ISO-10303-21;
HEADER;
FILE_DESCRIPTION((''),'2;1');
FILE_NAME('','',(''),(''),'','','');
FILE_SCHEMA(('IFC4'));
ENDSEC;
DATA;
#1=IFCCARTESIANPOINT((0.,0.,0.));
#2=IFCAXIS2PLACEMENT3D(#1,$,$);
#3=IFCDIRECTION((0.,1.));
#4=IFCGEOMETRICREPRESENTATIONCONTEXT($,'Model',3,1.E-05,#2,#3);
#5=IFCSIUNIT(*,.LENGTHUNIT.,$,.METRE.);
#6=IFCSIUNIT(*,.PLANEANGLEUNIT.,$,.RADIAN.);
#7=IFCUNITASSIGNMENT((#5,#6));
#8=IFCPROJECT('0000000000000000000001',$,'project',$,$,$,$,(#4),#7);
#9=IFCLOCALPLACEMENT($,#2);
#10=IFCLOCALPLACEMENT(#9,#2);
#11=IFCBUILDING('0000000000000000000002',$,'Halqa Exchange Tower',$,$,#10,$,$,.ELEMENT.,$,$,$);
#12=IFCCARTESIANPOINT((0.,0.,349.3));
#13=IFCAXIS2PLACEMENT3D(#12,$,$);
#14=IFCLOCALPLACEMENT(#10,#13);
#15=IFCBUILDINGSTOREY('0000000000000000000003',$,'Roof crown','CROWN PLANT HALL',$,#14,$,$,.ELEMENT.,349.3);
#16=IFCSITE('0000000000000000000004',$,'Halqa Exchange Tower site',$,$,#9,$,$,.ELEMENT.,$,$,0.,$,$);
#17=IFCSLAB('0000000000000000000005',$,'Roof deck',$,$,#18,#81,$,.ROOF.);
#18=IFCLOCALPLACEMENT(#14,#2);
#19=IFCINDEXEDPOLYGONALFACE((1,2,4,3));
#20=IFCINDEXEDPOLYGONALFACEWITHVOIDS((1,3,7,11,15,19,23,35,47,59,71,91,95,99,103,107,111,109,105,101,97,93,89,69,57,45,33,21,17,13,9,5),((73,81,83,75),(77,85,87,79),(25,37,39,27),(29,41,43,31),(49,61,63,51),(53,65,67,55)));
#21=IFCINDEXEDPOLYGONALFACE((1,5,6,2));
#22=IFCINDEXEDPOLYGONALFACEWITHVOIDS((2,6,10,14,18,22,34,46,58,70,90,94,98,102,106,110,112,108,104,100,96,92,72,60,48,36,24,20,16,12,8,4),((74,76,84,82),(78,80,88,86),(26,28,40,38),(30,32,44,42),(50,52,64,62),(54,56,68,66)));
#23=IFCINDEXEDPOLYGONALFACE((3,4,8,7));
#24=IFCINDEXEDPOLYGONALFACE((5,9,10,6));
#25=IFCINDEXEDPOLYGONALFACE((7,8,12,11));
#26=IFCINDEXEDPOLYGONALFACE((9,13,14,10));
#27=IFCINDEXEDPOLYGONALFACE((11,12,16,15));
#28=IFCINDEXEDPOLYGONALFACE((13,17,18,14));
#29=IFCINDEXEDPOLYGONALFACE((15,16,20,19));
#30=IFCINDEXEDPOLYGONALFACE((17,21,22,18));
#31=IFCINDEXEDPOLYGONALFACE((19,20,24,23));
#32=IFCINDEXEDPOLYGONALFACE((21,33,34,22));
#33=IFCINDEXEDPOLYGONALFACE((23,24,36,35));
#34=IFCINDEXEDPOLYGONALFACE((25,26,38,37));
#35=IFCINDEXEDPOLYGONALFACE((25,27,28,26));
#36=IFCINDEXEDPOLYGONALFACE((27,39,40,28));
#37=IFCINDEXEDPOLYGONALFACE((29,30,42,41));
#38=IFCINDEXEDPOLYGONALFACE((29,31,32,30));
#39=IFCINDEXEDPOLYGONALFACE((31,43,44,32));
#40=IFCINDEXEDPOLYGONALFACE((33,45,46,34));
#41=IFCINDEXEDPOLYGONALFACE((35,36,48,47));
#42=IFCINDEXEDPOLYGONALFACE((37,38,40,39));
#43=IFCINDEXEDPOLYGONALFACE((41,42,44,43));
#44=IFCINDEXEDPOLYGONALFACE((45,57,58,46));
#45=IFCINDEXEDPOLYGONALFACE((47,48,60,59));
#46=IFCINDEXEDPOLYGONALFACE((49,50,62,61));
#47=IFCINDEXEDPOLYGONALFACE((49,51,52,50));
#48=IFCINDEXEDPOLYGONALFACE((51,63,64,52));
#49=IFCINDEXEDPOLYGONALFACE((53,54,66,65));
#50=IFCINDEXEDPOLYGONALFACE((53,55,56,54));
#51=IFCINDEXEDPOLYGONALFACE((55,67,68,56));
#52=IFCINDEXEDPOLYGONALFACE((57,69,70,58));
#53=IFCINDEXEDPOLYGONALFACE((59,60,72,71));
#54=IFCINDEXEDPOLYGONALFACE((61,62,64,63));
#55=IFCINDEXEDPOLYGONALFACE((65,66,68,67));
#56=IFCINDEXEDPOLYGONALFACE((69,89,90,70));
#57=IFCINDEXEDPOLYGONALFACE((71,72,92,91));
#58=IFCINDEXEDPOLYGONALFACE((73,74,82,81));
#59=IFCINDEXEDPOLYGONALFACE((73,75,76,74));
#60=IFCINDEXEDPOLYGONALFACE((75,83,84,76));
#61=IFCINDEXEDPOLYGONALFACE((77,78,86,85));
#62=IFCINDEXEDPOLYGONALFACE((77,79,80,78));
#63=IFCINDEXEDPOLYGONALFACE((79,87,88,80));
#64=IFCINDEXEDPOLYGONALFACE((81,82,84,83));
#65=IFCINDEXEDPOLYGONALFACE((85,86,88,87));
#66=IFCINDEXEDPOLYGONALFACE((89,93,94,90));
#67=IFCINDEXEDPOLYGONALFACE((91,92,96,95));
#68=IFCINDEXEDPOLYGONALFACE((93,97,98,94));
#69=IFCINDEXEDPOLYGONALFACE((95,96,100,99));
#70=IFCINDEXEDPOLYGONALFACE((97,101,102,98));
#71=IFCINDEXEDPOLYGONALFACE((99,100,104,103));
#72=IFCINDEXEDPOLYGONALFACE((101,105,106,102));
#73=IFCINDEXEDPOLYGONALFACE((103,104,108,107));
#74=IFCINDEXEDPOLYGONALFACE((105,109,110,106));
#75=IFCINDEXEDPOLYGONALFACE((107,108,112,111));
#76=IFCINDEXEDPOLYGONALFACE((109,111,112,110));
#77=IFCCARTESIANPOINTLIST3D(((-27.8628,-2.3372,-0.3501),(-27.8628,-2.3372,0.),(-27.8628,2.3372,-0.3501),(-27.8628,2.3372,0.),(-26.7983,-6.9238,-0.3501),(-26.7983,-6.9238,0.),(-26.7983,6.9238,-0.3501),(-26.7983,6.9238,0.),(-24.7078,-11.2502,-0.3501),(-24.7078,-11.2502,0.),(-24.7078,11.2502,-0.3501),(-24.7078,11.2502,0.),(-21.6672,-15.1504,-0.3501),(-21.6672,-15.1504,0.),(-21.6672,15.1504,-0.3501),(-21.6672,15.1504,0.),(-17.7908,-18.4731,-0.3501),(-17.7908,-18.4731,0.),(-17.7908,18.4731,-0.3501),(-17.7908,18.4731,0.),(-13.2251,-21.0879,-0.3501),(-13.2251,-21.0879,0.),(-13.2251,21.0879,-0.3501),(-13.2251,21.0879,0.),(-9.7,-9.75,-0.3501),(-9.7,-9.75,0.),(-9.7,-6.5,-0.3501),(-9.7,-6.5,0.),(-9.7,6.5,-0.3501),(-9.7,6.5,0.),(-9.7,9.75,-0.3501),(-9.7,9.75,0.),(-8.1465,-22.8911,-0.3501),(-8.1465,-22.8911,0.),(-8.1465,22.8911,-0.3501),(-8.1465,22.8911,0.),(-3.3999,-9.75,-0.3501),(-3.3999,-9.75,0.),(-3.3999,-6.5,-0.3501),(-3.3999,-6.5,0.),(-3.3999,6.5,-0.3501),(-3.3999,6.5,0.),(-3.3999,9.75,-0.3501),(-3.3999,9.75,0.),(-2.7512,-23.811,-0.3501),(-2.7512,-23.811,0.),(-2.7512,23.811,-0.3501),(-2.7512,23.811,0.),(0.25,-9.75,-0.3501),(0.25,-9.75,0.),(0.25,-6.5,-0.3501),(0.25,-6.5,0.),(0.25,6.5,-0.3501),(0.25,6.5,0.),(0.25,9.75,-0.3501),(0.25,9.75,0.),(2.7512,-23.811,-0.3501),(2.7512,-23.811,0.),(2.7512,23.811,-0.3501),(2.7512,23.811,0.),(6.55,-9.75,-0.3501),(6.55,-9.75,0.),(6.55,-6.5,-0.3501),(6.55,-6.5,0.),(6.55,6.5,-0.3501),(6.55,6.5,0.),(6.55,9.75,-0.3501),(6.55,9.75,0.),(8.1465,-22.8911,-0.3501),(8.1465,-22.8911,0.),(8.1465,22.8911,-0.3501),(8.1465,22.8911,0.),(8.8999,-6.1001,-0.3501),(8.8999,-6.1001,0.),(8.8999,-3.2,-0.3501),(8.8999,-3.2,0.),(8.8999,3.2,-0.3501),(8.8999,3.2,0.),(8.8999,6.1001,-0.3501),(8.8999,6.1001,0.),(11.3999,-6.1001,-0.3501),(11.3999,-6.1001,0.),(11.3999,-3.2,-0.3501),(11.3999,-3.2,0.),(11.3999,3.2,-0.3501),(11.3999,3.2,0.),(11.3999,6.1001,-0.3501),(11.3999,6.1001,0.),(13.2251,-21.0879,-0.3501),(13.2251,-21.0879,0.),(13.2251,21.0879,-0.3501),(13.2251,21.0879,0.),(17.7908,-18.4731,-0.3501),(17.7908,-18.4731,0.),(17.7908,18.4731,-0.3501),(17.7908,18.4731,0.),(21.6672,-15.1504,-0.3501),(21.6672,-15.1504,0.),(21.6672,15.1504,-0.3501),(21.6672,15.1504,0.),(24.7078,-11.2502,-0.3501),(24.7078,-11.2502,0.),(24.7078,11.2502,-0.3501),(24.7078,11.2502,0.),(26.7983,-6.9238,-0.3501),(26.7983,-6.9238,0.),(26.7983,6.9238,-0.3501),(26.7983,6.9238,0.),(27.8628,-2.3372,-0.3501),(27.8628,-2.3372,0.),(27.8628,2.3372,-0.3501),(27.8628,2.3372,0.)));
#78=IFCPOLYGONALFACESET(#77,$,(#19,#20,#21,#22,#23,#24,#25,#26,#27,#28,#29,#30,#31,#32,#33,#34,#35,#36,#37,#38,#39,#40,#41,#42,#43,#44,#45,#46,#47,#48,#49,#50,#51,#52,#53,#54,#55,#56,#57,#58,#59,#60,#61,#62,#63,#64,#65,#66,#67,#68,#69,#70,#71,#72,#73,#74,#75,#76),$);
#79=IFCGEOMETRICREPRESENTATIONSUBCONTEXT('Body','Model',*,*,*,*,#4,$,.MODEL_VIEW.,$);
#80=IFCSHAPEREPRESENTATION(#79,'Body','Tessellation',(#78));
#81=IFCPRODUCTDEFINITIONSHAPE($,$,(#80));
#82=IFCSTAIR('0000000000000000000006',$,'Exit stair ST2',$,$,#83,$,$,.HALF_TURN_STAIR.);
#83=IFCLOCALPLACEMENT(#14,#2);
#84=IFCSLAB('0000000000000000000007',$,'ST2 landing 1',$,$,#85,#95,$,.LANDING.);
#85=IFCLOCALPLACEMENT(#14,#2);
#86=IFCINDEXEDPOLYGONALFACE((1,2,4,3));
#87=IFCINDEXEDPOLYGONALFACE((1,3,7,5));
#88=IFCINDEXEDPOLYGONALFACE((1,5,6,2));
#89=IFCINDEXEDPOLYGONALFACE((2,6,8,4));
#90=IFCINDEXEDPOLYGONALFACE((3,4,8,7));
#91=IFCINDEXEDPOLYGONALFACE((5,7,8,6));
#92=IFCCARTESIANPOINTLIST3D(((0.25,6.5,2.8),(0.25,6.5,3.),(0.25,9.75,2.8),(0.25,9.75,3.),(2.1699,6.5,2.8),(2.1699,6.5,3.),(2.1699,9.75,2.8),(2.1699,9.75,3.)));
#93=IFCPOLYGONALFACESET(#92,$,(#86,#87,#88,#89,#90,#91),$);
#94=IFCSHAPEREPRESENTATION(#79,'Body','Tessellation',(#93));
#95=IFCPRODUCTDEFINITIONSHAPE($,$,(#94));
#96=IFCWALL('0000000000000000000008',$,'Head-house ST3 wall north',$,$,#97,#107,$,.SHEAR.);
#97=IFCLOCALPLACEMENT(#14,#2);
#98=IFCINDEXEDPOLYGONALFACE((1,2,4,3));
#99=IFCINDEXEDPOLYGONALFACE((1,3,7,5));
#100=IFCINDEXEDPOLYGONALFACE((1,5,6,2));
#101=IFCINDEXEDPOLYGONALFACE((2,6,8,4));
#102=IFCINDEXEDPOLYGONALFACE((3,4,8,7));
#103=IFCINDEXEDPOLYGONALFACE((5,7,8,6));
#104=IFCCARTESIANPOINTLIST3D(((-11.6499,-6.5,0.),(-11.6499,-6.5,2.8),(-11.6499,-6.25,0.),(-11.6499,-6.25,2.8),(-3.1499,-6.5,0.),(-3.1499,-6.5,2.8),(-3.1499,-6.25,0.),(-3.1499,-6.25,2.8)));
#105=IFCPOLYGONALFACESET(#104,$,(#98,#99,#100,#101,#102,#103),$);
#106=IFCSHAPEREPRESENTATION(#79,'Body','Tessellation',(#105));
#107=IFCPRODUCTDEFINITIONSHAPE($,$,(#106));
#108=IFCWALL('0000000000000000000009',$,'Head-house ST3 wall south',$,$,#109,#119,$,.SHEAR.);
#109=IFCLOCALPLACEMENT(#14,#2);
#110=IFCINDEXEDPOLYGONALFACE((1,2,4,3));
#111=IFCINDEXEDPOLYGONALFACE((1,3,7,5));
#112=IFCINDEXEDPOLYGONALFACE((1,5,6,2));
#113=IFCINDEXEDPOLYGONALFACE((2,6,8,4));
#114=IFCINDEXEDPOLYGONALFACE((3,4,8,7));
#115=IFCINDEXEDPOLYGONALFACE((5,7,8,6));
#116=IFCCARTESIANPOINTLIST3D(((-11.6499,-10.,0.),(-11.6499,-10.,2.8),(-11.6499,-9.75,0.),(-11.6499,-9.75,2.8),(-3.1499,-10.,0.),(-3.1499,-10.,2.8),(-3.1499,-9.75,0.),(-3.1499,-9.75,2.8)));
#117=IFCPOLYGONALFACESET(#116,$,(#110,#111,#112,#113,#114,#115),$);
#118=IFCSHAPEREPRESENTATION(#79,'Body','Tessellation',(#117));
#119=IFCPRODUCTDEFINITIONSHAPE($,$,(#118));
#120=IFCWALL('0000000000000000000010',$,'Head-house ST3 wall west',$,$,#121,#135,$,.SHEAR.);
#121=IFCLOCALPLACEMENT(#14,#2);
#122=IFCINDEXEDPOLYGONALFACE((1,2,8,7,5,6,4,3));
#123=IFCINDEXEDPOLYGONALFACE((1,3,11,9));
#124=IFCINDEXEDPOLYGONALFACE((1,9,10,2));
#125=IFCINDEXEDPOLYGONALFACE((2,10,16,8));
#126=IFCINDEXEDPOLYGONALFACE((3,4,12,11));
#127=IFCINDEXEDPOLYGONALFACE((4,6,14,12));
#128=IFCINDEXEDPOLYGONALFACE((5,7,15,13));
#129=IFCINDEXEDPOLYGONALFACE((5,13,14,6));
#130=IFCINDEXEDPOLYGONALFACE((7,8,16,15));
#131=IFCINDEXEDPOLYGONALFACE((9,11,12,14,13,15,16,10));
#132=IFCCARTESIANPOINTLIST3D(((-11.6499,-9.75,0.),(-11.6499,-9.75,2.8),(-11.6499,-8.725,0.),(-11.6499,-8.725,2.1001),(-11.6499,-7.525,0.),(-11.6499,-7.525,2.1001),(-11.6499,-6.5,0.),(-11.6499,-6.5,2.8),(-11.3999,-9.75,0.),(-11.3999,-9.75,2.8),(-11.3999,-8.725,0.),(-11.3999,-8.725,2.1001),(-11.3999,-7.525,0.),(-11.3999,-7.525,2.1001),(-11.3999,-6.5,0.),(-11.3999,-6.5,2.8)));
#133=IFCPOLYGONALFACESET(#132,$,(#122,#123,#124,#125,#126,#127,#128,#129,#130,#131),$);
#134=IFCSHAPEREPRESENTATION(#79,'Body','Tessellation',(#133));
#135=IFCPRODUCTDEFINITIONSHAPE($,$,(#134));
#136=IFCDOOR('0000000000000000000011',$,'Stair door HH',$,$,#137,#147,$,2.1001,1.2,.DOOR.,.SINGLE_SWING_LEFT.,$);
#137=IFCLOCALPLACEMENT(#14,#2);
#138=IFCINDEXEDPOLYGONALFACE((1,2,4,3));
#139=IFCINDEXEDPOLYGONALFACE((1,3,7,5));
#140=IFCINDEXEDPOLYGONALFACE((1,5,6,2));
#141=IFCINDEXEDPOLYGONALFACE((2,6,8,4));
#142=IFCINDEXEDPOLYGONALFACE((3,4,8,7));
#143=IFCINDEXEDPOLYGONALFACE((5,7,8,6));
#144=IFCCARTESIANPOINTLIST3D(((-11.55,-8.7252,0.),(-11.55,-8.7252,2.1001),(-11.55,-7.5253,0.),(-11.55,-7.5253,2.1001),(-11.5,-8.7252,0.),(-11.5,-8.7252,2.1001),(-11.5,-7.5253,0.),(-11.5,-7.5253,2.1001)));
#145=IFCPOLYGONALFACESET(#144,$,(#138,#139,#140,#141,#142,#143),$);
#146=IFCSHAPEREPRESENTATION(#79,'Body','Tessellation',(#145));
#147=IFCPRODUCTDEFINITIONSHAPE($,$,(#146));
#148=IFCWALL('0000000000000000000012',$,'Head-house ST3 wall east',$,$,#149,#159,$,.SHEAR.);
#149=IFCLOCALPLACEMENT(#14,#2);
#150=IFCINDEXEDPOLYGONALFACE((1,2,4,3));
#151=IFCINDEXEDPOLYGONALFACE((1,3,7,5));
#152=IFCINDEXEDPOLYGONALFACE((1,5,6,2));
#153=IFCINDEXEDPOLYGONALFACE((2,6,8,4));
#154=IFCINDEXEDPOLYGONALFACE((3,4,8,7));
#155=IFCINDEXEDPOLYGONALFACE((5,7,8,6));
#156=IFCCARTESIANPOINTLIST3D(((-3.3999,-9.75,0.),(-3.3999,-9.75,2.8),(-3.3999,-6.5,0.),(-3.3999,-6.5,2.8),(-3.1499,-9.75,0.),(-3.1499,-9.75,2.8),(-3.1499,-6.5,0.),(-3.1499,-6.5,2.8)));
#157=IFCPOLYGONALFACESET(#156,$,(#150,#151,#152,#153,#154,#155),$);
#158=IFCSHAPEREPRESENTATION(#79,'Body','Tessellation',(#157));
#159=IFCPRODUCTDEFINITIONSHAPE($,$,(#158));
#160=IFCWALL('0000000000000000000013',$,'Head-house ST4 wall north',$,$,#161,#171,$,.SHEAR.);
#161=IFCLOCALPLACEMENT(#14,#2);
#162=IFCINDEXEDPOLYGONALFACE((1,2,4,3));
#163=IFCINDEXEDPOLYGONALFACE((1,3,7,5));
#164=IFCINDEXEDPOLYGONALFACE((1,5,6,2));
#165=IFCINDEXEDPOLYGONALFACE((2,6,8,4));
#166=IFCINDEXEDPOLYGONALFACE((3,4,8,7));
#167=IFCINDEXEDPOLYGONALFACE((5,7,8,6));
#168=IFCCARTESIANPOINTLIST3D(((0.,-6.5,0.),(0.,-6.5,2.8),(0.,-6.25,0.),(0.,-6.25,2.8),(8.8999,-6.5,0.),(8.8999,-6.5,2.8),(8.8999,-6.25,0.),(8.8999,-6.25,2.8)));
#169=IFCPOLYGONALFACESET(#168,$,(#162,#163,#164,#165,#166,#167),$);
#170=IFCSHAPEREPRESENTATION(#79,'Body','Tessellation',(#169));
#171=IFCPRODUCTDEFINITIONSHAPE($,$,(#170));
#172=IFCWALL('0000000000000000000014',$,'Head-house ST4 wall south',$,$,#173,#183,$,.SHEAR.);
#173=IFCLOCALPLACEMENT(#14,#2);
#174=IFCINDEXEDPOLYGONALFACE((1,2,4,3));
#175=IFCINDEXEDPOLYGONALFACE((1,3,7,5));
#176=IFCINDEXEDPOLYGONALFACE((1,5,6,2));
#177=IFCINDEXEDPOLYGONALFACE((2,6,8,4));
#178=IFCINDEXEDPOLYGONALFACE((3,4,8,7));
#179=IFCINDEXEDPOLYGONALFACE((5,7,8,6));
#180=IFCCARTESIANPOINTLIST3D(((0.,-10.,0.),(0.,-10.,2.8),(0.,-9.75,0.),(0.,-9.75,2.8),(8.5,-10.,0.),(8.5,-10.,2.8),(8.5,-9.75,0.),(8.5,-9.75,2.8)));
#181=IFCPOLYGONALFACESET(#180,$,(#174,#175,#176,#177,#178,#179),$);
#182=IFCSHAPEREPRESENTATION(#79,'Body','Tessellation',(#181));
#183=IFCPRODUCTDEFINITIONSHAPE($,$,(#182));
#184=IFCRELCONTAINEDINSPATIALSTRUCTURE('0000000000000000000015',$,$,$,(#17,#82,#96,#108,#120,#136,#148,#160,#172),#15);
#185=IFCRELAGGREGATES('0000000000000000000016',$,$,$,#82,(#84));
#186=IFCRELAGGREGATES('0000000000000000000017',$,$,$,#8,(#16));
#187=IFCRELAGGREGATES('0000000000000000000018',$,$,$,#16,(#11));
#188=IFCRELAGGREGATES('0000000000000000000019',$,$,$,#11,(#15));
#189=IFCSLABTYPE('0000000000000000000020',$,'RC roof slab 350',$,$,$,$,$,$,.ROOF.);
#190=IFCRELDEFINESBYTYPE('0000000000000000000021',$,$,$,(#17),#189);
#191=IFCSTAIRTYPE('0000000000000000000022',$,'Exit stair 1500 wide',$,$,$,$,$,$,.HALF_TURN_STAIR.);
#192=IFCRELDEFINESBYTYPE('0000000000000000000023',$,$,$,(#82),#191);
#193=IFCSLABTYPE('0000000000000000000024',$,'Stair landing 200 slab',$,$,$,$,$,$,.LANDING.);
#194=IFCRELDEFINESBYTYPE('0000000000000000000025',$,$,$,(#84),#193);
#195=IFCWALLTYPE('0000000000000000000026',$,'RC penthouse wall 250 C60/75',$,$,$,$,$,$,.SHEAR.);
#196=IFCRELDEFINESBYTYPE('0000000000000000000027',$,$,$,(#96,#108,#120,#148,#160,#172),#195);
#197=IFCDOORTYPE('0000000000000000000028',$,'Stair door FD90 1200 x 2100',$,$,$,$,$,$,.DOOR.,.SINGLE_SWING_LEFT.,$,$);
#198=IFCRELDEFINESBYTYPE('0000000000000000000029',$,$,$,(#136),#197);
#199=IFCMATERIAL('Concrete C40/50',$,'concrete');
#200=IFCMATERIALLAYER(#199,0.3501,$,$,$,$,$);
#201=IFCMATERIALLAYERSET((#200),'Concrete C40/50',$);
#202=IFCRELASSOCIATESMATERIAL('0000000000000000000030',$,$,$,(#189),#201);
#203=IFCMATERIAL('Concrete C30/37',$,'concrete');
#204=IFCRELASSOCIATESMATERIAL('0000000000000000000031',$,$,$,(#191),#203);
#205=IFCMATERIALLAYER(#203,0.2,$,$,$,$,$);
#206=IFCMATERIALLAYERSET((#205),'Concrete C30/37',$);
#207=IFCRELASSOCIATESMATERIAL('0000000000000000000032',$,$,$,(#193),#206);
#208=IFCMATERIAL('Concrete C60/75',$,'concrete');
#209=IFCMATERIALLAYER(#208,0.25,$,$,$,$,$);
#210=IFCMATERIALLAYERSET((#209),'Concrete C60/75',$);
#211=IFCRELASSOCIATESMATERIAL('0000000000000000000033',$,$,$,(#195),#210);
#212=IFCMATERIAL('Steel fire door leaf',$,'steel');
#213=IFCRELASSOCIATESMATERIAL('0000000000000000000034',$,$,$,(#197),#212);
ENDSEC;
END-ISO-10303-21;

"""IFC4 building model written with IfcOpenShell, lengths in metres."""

from ifc_helpers import new_model, si_unit, direction, frame, frame_2d, origin, place, context, subcontext, project, spatial, polyline, rectangle, outline, extrude, material, layer, layer_set, type_object, element, fill, aggregate, save


model = new_model("IFC4")

# Units and contexts
model_context = context("Model", 3, precision=1e-05, world=origin(), true_north=direction((0.0, 1.0)))
body_context = subcontext(model_context, "Body", "Model", "MODEL_VIEW")
ifc_project = project(units=[si_unit("LENGTHUNIT", "METRE"), si_unit("PLANEANGLEUNIT", "RADIAN")], contexts=[model_context])

# Site, building, storey
site_placement = place(None, origin())
site = spatial("IfcSite", under=ifc_project, at=site_placement, Name="Halqa Exchange Tower site", CompositionType="ELEMENT", RefElevation=0.0)
building_placement = place(site_placement, origin())
building = spatial("IfcBuilding", under=site, at=building_placement, Name="Halqa Exchange Tower", CompositionType="ELEMENT")
storey_placement = place(building_placement, frame((0.0, 0.0, 349.3)))
storey = spatial("IfcBuildingStorey", under=building, at=storey_placement, Name="Roof crown", Description="CROWN PLANT HALL", CompositionType="ELEMENT", Elevation=349.3)

# Shared definitions
ifc_material_1 = material(Name="Concrete C60/75", Category="concrete")

# Slab
ifc_material_2 = material(Name="Concrete C40/50", Category="concrete")
ifc_layer_1 = layer(ifc_material_2, 0.3501)
ifc_layer_set_1 = layer_set([ifc_layer_1], Name="Concrete C40/50")
slab_type_1 = type_object("IfcSlabType", Name="RC roof slab 350", PredefinedType="ROOF", material=ifc_layer_set_1)
slab_1_placement = place(storey_placement, frame((0.0, 0.0, -0.3501)))
element("IfcSlab", 1, at=slab_1_placement, inside=storey, type_object=slab_type_1, Name="Roof deck", PredefinedType="ROOF", context=body_context, shape_type="SweptSolid", body=[
    extrude(outline(polyline([(27.8628, 2.3372), (27.8628, -2.3372), (26.7983, -6.9238), (24.7078, -11.2502), (21.6672, -15.1504), (17.7908, -18.4731), (13.2251, -21.0879), (8.1465, -22.8911), (2.7512, -23.811), (-2.7512, -23.811), (-8.1465, -22.8911), (-13.2251, -21.0879), (-17.7908, -18.4731), (-21.6672, -15.1504), (-24.7078, -11.2502), (-26.7983, -6.9238), (-27.8628, -2.3372), (-27.8628, 2.3372), (-26.7983, 6.9238), (-24.7078, 11.2502), (-21.6672, 15.1504), (-17.7908, 18.4731), (-13.2251, 21.0879), (-8.1465, 22.8911), (-2.7512, 23.811), (2.7512, 23.811), (8.1465, 22.8911), (13.2251, 21.0879), (17.7908, 18.4731), (21.6672, 15.1504), (24.7078, 11.2502), (26.7983, 6.9238), (27.8628, 2.3372)]), holes=[polyline([(8.8999, 3.2), (11.3999, 3.2), (11.3999, 6.1001), (8.8999, 6.1001), (8.8999, 3.2)]), polyline([(8.8999, -6.1001), (11.3999, -6.1001), (11.3999, -3.2), (8.8999, -3.2), (8.8999, -6.1001)]), polyline([(-9.7, 6.5), (-3.3999, 6.5), (-3.3999, 9.75), (-9.7, 9.75), (-9.7, 6.5)]), polyline([(0.25, 6.5), (6.55, 6.5), (6.55, 9.75), (0.25, 9.75), (0.25, 6.5)]), polyline([(-9.7, -9.75), (-3.3999, -9.75), (-3.3999, -6.5), (-9.7, -6.5), (-9.7, -9.75)]), polyline([(0.25, -9.75), (6.55, -9.75), (6.55, -6.5), (0.25, -6.5), (0.25, -9.75)])]), origin(), (0.0, 0.0, 1.0), 0.3501),
])

# Stair, slab
ifc_material_3 = material(Name="Concrete C30/37", Category="concrete")
stair_type = type_object("IfcStairType", Name="Exit stair 1500 wide", PredefinedType="HALF_TURN_STAIR", material=ifc_material_3)
stair_placement = place(storey_placement, origin())
stair = element("IfcStair", 2, at=stair_placement, inside=storey, type_object=stair_type, Name="Exit stair ST2", PredefinedType="HALF_TURN_STAIR")
ifc_layer_2 = layer(ifc_material_3, 0.2)
ifc_layer_set_2 = layer_set([ifc_layer_2], Name="Concrete C30/37")
slab_type_2 = type_object("IfcSlabType", Name="Stair landing 200 slab", PredefinedType="LANDING", material=ifc_layer_set_2)
slab_2_placement = place(storey_placement, frame((0.0, 0.0, 2.8)))
slab_2 = element("IfcSlab", 3, at=slab_2_placement, type_object=slab_type_2, Name="ST2 landing 1", PredefinedType="LANDING", context=body_context, shape_type="SweptSolid", body=[
    extrude(outline(polyline([(0.25, 6.5), (2.1699, 6.5), (2.1699, 9.75), (0.25, 9.75), (0.25, 6.5)])), origin(), (0.0, 0.0, 1.0), 0.2),
])
aggregate(stair, [slab_2])

# Walls
ifc_layer_3 = layer(ifc_material_1, 0.25)
ifc_layer_set_3 = layer_set([ifc_layer_3], Name="Concrete C60/75")
wall_type_1 = type_object("IfcWallType", Name="RC penthouse wall 250 C60/75", PredefinedType="SHEAR", material=ifc_layer_set_3)
for number, where, z_axis, x_axis, name in (
    (4, (-11.6499, -6.375, 0.0), (0.0, 0.0, 1.0), (1.0, 0.0, 0.0), "Head-house ST3 wall north"),
    (5, (-11.6499, -9.875, 0.0), (0.0, 0.0, 1.0), (1.0, 0.0, 0.0), "Head-house ST3 wall south"),
):
    element("IfcWall", number, at=place(storey_placement, frame(where, z_axis=z_axis, x_axis=x_axis)), inside=storey, type_object=wall_type_1, Name=name, PredefinedType="SHEAR", context=body_context, shape_type="SweptSolid", body=[
        extrude(rectangle(XDim=8.5, YDim=0.25, at=frame_2d((4.25, 0.0))), origin(), (0.0, 0.0, 1.0), 2.8),
    ])

# Wall, opening, door
wall_1_placement = place(storey_placement, frame((-11.5249, -9.75, 0.0), z_axis=(0.0, 0.0, 1.0), x_axis=(0.0, 1.0, 0.0)))
wall_1 = element("IfcWall", 6, at=wall_1_placement, inside=storey, type_object=wall_type_1, Name="Head-house ST3 wall west", PredefinedType="SHEAR", context=body_context, shape_type="SweptSolid", body=[
    extrude(rectangle(XDim=3.25, YDim=0.25, at=frame_2d((1.625, 0.0))), origin(), (0.0, 0.0, 1.0), 2.8),
])
opening_placement = place(wall_1_placement, frame((1.0249, 0.0, 0.0)))
opening = element("IfcOpeningElement", 7, at=opening_placement, cuts=wall_1, PredefinedType="OPENING", context=body_context, shape_type="SweptSolid", body=[
    extrude(rectangle(XDim=1.2, YDim=2.1001, at=frame_2d((0.6001, 1.05))), frame((0.0, 0.137, 0.0), z_axis=(0.0, -1.0, 0.0), x_axis=(1.0, 0.0, 0.0)), (0.0, 0.0, 1.0), 0.2739),
])
ifc_material_4 = material(Name="Steel fire door leaf", Category="steel")
door_type = type_object("IfcDoorType", Name="Stair door FD90 1200 x 2100", OperationType="SINGLE_SWING_LEFT", PredefinedType="DOOR", material=ifc_material_4)
door_placement = place(opening_placement, frame((1.2, 0.0, 0.0), z_axis=(0.0, 0.0, 1.0), x_axis=(-1.0, 0.0, 0.0)))
door = element("IfcDoor", 8, at=door_placement, inside=storey, type_object=door_type, Name="Stair door HH", OperationType="SINGLE_SWING_LEFT", OverallHeight=2.1001, OverallWidth=1.2, PredefinedType="DOOR", context=body_context, shape_type="SweptSolid", body=[
    extrude(rectangle(XDim=1.2, YDim=2.1001, at=frame_2d((0.6001, 1.05))), frame((0.0, 0.0249, 0.0), z_axis=(0.0, -1.0, 0.0), x_axis=(1.0, 0.0, 0.0)), (0.0, 0.0, 1.0), 0.05),
])
fill(opening, door)

# Walls
wall_2_placement = place(storey_placement, frame((-3.2749, -9.75, 0.0), z_axis=(0.0, 0.0, 1.0), x_axis=(0.0, 1.0, 0.0)))
element("IfcWall", 9, at=wall_2_placement, inside=storey, type_object=wall_type_1, Name="Head-house ST3 wall east", PredefinedType="SHEAR", context=body_context, shape_type="SweptSolid", body=[
    extrude(rectangle(XDim=3.25, YDim=0.25, at=frame_2d((1.625, 0.0))), origin(), (0.0, 0.0, 1.0), 2.8),
])
wall_3_placement = place(storey_placement, frame((0.0, -6.375, 0.0), z_axis=(0.0, 0.0, 1.0), x_axis=(1.0, 0.0, 0.0)))
element("IfcWall", 10, at=wall_3_placement, inside=storey, type_object=wall_type_1, Name="Head-house ST4 wall north", PredefinedType="SHEAR", context=body_context, shape_type="SweptSolid", body=[
    extrude(rectangle(XDim=8.8999, YDim=0.25, at=frame_2d((4.45, 0.0))), origin(), (0.0, 0.0, 1.0), 2.8),
])
wall_4_placement = place(storey_placement, frame((0.0, -9.875, 0.0), z_axis=(0.0, 0.0, 1.0), x_axis=(1.0, 0.0, 0.0)))
element("IfcWall", 11, at=wall_4_placement, inside=storey, type_object=wall_type_1, Name="Head-house ST4 wall south", PredefinedType="SHEAR", context=body_context, shape_type="SweptSolid", body=[
    extrude(rectangle(XDim=8.5, YDim=0.25, at=frame_2d((4.25, 0.0))), origin(), (0.0, 0.0, 1.0), 2.8),
])

save(model, "model.ifc")
